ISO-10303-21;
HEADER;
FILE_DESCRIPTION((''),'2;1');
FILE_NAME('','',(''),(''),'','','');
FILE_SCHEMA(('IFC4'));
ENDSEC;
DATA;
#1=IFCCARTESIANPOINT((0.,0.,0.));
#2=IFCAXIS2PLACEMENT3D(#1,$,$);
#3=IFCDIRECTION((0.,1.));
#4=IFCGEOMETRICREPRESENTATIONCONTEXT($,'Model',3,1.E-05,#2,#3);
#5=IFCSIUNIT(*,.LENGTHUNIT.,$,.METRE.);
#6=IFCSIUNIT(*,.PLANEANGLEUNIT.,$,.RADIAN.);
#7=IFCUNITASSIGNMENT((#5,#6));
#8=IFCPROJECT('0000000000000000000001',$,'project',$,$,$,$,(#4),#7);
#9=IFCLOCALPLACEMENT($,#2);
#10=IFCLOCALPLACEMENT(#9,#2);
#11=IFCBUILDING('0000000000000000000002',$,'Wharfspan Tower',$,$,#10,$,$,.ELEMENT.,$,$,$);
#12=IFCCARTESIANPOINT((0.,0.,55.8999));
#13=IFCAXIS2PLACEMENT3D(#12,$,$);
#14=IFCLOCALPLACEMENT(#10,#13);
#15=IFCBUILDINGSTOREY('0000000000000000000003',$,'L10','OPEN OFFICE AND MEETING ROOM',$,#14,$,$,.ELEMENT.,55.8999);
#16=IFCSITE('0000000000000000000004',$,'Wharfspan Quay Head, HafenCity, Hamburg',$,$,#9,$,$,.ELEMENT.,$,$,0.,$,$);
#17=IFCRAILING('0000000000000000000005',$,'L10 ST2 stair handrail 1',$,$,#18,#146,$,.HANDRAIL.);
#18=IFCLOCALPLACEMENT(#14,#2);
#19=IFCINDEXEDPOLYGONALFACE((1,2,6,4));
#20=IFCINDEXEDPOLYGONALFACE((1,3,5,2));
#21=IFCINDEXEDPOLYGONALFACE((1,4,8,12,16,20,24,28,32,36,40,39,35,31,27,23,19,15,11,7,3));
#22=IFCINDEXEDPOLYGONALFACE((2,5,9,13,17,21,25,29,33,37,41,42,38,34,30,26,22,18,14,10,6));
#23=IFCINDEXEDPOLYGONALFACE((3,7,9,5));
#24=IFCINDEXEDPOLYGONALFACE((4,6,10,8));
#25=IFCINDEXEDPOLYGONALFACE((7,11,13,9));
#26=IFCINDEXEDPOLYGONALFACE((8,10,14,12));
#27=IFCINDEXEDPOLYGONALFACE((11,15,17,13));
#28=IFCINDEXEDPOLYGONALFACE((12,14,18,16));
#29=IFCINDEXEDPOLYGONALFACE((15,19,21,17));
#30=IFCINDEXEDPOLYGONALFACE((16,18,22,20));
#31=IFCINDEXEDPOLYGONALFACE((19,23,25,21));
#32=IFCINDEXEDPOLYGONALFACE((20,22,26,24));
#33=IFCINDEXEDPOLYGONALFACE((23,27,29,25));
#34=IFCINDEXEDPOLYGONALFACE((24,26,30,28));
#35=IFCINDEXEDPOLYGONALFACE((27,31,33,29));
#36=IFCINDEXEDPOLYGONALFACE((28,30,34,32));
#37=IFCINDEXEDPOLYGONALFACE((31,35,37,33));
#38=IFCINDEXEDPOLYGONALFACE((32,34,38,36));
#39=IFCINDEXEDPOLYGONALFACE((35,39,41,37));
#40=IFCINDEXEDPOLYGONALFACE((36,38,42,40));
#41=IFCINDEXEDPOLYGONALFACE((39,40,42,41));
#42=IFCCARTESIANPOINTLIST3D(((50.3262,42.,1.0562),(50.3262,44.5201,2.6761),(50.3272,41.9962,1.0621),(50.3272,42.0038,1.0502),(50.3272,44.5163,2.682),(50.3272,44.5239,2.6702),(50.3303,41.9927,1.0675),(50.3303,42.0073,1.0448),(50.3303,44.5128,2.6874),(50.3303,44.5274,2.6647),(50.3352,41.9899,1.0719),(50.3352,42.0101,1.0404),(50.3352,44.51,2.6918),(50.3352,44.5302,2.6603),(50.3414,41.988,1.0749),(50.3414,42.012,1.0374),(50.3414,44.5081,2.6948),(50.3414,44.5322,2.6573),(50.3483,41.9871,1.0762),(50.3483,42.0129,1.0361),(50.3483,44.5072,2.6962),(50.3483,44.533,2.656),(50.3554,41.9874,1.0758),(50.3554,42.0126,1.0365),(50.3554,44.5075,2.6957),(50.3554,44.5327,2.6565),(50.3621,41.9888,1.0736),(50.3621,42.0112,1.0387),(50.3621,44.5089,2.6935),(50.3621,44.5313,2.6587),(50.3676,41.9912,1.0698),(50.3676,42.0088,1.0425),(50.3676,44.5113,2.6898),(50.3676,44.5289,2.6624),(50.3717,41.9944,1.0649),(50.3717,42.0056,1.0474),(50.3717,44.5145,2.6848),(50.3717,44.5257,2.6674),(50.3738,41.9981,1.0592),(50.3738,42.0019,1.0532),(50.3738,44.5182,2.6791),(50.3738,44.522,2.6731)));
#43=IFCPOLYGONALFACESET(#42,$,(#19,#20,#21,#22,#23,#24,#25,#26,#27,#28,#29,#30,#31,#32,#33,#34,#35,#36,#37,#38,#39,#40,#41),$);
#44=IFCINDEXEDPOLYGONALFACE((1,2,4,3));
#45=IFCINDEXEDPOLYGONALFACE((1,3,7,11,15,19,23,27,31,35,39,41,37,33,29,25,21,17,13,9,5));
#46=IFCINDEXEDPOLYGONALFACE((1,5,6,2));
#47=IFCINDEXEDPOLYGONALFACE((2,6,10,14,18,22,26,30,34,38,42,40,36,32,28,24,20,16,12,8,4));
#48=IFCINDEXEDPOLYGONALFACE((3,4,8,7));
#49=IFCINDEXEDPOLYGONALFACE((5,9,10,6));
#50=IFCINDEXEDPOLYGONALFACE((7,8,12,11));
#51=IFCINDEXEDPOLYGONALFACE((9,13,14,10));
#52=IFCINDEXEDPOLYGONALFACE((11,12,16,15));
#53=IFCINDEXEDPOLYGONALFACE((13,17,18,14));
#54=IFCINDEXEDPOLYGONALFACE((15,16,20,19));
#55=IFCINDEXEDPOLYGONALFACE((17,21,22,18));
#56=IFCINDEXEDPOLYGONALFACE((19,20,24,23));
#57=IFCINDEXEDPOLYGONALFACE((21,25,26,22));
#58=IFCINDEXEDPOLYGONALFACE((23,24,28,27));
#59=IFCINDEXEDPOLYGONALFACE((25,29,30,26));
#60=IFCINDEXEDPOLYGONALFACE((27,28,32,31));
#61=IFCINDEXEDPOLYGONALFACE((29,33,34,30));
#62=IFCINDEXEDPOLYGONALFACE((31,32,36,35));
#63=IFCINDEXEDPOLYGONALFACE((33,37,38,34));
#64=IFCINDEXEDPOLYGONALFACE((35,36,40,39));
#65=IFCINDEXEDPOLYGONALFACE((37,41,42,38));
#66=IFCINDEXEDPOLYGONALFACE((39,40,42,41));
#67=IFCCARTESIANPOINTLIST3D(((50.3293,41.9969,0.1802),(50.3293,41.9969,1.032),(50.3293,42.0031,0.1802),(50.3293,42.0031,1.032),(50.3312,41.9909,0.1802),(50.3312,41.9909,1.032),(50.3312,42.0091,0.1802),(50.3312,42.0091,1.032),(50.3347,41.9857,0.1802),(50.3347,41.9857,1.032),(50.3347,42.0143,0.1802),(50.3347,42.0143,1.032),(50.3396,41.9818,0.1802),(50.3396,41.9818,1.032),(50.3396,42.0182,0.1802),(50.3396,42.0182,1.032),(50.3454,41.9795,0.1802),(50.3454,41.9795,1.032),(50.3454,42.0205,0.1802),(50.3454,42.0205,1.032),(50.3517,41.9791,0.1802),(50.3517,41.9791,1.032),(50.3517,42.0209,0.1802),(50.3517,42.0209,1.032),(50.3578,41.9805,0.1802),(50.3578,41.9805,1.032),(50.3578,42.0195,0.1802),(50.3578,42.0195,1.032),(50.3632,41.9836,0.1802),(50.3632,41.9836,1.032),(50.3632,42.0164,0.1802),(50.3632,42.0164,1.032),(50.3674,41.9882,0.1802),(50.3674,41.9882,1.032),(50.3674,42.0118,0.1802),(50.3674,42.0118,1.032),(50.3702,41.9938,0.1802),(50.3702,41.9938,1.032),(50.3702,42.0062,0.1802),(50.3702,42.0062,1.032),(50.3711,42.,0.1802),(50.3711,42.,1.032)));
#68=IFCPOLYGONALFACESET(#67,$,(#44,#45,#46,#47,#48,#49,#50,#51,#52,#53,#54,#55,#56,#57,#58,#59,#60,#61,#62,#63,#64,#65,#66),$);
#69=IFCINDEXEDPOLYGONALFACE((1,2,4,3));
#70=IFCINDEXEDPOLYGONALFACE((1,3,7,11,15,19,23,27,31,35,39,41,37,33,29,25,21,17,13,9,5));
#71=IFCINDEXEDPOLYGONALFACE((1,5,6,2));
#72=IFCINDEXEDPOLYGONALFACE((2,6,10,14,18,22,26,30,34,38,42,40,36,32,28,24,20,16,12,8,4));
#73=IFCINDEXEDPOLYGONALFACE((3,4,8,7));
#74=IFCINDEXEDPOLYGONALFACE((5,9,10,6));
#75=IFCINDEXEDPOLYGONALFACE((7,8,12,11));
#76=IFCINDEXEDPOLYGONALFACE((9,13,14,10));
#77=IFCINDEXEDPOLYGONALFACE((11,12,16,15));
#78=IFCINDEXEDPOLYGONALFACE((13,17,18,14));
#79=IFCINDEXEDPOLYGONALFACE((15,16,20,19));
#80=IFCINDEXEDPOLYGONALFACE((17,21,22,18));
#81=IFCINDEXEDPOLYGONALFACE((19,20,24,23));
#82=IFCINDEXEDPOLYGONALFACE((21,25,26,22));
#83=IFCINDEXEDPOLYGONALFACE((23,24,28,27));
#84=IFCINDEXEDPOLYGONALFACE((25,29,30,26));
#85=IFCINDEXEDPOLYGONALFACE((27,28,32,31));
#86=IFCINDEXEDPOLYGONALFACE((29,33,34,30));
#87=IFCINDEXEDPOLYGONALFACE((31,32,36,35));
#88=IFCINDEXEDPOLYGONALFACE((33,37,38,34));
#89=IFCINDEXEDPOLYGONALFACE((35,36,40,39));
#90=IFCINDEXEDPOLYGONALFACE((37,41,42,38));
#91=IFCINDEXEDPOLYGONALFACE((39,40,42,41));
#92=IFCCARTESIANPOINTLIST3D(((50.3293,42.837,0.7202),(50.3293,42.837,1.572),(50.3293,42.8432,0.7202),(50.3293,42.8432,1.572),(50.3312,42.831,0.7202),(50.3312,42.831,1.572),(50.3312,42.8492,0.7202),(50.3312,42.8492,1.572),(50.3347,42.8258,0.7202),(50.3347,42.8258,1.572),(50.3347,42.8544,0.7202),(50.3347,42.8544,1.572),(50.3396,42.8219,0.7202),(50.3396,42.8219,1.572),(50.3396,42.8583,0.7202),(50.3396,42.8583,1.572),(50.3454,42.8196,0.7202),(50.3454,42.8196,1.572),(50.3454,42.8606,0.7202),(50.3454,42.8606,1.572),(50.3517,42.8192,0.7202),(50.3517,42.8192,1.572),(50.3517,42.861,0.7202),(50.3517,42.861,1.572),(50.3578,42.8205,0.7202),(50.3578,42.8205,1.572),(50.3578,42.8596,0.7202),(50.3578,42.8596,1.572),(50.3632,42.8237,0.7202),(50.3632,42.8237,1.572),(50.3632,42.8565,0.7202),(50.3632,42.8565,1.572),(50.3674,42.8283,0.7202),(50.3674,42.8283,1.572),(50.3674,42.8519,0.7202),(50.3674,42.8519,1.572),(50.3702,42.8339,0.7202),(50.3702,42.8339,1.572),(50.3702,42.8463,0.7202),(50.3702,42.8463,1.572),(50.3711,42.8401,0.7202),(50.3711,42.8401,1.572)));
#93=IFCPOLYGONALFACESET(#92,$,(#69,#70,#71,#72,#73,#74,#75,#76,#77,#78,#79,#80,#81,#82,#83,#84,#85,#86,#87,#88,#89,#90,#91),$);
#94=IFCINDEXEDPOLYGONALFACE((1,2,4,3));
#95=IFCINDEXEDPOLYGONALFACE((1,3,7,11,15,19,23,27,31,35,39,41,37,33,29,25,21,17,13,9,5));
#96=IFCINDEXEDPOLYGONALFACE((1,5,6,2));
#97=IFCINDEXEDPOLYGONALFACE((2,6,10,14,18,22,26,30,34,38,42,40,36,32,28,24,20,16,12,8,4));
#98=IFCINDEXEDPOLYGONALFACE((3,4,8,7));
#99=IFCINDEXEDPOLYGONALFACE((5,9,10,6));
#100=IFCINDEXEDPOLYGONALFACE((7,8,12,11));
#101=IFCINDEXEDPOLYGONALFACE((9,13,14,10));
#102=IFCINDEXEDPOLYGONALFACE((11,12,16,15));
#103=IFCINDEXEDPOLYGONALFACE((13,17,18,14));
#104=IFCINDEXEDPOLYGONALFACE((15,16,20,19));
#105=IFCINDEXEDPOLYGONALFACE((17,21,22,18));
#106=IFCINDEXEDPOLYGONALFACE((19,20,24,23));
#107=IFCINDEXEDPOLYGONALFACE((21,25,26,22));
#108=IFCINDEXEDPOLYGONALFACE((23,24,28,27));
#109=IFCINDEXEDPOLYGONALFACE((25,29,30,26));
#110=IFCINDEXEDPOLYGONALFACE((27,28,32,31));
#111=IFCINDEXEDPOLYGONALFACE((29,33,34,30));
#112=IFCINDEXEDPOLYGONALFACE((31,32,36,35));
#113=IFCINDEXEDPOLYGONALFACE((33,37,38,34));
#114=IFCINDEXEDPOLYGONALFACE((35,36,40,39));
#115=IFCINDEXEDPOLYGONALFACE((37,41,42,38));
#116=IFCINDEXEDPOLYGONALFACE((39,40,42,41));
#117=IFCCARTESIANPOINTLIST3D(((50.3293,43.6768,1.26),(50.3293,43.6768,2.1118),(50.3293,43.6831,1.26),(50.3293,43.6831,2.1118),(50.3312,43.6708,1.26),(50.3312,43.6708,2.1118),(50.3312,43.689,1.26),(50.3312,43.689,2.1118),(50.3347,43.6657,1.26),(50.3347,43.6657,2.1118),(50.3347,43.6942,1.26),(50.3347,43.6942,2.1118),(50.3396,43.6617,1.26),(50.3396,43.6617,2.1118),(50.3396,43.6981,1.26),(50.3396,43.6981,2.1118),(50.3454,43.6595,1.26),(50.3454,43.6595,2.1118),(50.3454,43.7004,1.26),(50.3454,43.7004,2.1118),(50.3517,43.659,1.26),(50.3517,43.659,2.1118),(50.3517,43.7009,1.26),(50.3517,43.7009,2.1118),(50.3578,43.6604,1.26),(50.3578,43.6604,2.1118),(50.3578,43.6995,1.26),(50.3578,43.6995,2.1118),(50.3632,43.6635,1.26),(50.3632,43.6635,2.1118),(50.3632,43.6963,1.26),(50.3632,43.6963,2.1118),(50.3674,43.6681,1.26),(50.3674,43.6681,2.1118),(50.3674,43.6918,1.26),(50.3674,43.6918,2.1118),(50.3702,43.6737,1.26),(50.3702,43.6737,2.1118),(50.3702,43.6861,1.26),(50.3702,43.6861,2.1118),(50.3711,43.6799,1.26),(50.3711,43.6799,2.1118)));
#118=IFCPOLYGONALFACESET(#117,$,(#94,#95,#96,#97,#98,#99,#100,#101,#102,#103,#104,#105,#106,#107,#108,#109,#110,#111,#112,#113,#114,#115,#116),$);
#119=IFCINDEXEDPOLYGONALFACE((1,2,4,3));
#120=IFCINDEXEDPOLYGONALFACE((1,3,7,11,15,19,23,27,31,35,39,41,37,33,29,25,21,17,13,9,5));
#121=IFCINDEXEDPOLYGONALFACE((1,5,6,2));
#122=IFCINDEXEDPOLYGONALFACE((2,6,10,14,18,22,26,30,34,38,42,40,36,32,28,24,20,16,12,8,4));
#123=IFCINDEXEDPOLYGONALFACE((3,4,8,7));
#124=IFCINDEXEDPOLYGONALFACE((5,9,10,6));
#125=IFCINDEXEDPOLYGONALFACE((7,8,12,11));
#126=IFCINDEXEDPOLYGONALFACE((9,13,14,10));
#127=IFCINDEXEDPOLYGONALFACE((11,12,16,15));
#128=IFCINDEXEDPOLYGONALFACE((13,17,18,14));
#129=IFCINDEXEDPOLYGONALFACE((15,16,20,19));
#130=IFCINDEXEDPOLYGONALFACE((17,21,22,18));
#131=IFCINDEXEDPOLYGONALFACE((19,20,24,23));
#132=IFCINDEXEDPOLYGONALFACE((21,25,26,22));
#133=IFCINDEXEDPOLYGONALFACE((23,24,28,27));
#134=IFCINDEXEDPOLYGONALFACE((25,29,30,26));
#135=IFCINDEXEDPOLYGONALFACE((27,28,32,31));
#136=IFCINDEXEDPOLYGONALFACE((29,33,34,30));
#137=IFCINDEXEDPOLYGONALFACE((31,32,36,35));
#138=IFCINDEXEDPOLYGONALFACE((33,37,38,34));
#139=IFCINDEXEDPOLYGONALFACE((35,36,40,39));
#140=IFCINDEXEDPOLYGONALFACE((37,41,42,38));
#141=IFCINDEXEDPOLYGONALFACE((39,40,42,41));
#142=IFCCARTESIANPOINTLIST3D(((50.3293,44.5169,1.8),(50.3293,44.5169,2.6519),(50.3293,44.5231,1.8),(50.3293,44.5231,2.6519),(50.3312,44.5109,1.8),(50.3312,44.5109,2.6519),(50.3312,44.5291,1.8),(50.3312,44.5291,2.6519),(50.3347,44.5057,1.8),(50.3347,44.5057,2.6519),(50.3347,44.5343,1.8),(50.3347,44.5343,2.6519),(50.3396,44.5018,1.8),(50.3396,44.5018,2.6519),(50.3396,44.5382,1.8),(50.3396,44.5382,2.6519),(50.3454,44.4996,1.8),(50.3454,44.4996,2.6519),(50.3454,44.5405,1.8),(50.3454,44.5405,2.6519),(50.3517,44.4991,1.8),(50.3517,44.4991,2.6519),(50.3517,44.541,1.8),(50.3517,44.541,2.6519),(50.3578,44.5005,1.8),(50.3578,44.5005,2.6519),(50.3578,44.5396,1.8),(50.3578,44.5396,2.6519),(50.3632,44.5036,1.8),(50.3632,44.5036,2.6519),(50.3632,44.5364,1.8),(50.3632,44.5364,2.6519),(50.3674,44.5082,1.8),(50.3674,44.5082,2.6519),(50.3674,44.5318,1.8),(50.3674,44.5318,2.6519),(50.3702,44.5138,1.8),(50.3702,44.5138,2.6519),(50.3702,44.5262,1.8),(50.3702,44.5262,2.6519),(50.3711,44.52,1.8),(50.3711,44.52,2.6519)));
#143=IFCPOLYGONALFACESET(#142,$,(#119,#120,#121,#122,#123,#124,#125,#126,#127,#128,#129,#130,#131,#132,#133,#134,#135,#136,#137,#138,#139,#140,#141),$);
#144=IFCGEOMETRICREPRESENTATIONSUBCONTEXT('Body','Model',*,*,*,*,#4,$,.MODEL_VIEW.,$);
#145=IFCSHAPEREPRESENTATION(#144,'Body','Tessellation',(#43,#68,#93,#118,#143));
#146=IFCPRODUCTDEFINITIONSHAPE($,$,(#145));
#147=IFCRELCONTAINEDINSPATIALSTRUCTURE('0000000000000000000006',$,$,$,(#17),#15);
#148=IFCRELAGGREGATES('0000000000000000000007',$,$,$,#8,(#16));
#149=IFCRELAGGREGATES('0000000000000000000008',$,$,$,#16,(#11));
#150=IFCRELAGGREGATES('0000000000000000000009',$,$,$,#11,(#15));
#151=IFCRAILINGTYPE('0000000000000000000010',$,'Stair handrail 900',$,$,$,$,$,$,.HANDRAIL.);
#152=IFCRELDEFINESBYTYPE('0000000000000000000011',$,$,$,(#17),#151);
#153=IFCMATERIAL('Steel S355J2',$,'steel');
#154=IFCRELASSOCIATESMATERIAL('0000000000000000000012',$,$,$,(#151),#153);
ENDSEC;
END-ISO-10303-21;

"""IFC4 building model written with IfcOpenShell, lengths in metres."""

from ifc_helpers import new_model, si_unit, direction, frame, origin, origin_2d, place, context, subcontext, project, spatial, circle, extrude, material, type_object, element, save


model = new_model("IFC4")

# Units and contexts
model_context = context("Model", 3, precision=1e-05, world=origin(), true_north=direction((0.0, 1.0)))
body_context = subcontext(model_context, "Body", "Model", "MODEL_VIEW")
ifc_project = project(units=[si_unit("LENGTHUNIT", "METRE"), si_unit("PLANEANGLEUNIT", "RADIAN")], contexts=[model_context])

# Site, building, storey
site_placement = place(None, origin())
site = spatial("IfcSite", under=ifc_project, at=site_placement, Name="Wharfspan Quay Head, HafenCity, Hamburg", CompositionType="ELEMENT", RefElevation=0.0)
building_placement = place(site_placement, origin())
building = spatial("IfcBuilding", under=site, at=building_placement, Name="Wharfspan Tower", CompositionType="ELEMENT")
storey_placement = place(building_placement, frame((0.0, 0.0, 55.8999)))
storey = spatial("IfcBuildingStorey", under=building, at=storey_placement, Name="L10", Description="OPEN OFFICE AND MEETING ROOM", CompositionType="ELEMENT", Elevation=55.8999)

# Shared definitions
ifc_material_1 = material(Name="Steel S355J2", Category="steel")

# Railing
railing_type_1 = type_object("IfcRailingType", Name="Stair handrail 900", PredefinedType="HANDRAIL", material=ifc_material_1)
railing_1_placement = place(storey_placement, frame((50.3501, 42.0, 0.1802)))
element("IfcRailing", 1, at=railing_1_placement, inside=storey, type_object=railing_type_1, Name="L10 ST2 stair handrail 1", PredefinedType="HANDRAIL", context=body_context, shape_type="SweptSolid", body=[
    extrude(circle(Radius=0.0239, at=origin_2d()), frame((0.0, 0.0, 0.876), z_axis=(0.0, 0.8412, 0.540725), x_axis=(-1.0, 0.0, 0.0)), (0.0, 0.0, 1.0), 2.9958),
    extrude(circle(Radius=0.021, at=origin_2d()), origin(), (0.0, 0.0, 1.0), 0.8518),
    extrude(circle(Radius=0.021, at=origin_2d()), frame((0.0, 0.8401, 0.54)), (0.0, 0.0, 1.0), 0.8518),
    extrude(circle(Radius=0.021, at=origin_2d()), frame((0.0, 1.6799, 1.0798)), (0.0, 0.0, 1.0), 0.8518),
    extrude(circle(Radius=0.021, at=origin_2d()), frame((0.0, 2.52, 1.6199)), (0.0, 0.0, 1.0), 0.8518),
])

save(model, "model.ifc")
